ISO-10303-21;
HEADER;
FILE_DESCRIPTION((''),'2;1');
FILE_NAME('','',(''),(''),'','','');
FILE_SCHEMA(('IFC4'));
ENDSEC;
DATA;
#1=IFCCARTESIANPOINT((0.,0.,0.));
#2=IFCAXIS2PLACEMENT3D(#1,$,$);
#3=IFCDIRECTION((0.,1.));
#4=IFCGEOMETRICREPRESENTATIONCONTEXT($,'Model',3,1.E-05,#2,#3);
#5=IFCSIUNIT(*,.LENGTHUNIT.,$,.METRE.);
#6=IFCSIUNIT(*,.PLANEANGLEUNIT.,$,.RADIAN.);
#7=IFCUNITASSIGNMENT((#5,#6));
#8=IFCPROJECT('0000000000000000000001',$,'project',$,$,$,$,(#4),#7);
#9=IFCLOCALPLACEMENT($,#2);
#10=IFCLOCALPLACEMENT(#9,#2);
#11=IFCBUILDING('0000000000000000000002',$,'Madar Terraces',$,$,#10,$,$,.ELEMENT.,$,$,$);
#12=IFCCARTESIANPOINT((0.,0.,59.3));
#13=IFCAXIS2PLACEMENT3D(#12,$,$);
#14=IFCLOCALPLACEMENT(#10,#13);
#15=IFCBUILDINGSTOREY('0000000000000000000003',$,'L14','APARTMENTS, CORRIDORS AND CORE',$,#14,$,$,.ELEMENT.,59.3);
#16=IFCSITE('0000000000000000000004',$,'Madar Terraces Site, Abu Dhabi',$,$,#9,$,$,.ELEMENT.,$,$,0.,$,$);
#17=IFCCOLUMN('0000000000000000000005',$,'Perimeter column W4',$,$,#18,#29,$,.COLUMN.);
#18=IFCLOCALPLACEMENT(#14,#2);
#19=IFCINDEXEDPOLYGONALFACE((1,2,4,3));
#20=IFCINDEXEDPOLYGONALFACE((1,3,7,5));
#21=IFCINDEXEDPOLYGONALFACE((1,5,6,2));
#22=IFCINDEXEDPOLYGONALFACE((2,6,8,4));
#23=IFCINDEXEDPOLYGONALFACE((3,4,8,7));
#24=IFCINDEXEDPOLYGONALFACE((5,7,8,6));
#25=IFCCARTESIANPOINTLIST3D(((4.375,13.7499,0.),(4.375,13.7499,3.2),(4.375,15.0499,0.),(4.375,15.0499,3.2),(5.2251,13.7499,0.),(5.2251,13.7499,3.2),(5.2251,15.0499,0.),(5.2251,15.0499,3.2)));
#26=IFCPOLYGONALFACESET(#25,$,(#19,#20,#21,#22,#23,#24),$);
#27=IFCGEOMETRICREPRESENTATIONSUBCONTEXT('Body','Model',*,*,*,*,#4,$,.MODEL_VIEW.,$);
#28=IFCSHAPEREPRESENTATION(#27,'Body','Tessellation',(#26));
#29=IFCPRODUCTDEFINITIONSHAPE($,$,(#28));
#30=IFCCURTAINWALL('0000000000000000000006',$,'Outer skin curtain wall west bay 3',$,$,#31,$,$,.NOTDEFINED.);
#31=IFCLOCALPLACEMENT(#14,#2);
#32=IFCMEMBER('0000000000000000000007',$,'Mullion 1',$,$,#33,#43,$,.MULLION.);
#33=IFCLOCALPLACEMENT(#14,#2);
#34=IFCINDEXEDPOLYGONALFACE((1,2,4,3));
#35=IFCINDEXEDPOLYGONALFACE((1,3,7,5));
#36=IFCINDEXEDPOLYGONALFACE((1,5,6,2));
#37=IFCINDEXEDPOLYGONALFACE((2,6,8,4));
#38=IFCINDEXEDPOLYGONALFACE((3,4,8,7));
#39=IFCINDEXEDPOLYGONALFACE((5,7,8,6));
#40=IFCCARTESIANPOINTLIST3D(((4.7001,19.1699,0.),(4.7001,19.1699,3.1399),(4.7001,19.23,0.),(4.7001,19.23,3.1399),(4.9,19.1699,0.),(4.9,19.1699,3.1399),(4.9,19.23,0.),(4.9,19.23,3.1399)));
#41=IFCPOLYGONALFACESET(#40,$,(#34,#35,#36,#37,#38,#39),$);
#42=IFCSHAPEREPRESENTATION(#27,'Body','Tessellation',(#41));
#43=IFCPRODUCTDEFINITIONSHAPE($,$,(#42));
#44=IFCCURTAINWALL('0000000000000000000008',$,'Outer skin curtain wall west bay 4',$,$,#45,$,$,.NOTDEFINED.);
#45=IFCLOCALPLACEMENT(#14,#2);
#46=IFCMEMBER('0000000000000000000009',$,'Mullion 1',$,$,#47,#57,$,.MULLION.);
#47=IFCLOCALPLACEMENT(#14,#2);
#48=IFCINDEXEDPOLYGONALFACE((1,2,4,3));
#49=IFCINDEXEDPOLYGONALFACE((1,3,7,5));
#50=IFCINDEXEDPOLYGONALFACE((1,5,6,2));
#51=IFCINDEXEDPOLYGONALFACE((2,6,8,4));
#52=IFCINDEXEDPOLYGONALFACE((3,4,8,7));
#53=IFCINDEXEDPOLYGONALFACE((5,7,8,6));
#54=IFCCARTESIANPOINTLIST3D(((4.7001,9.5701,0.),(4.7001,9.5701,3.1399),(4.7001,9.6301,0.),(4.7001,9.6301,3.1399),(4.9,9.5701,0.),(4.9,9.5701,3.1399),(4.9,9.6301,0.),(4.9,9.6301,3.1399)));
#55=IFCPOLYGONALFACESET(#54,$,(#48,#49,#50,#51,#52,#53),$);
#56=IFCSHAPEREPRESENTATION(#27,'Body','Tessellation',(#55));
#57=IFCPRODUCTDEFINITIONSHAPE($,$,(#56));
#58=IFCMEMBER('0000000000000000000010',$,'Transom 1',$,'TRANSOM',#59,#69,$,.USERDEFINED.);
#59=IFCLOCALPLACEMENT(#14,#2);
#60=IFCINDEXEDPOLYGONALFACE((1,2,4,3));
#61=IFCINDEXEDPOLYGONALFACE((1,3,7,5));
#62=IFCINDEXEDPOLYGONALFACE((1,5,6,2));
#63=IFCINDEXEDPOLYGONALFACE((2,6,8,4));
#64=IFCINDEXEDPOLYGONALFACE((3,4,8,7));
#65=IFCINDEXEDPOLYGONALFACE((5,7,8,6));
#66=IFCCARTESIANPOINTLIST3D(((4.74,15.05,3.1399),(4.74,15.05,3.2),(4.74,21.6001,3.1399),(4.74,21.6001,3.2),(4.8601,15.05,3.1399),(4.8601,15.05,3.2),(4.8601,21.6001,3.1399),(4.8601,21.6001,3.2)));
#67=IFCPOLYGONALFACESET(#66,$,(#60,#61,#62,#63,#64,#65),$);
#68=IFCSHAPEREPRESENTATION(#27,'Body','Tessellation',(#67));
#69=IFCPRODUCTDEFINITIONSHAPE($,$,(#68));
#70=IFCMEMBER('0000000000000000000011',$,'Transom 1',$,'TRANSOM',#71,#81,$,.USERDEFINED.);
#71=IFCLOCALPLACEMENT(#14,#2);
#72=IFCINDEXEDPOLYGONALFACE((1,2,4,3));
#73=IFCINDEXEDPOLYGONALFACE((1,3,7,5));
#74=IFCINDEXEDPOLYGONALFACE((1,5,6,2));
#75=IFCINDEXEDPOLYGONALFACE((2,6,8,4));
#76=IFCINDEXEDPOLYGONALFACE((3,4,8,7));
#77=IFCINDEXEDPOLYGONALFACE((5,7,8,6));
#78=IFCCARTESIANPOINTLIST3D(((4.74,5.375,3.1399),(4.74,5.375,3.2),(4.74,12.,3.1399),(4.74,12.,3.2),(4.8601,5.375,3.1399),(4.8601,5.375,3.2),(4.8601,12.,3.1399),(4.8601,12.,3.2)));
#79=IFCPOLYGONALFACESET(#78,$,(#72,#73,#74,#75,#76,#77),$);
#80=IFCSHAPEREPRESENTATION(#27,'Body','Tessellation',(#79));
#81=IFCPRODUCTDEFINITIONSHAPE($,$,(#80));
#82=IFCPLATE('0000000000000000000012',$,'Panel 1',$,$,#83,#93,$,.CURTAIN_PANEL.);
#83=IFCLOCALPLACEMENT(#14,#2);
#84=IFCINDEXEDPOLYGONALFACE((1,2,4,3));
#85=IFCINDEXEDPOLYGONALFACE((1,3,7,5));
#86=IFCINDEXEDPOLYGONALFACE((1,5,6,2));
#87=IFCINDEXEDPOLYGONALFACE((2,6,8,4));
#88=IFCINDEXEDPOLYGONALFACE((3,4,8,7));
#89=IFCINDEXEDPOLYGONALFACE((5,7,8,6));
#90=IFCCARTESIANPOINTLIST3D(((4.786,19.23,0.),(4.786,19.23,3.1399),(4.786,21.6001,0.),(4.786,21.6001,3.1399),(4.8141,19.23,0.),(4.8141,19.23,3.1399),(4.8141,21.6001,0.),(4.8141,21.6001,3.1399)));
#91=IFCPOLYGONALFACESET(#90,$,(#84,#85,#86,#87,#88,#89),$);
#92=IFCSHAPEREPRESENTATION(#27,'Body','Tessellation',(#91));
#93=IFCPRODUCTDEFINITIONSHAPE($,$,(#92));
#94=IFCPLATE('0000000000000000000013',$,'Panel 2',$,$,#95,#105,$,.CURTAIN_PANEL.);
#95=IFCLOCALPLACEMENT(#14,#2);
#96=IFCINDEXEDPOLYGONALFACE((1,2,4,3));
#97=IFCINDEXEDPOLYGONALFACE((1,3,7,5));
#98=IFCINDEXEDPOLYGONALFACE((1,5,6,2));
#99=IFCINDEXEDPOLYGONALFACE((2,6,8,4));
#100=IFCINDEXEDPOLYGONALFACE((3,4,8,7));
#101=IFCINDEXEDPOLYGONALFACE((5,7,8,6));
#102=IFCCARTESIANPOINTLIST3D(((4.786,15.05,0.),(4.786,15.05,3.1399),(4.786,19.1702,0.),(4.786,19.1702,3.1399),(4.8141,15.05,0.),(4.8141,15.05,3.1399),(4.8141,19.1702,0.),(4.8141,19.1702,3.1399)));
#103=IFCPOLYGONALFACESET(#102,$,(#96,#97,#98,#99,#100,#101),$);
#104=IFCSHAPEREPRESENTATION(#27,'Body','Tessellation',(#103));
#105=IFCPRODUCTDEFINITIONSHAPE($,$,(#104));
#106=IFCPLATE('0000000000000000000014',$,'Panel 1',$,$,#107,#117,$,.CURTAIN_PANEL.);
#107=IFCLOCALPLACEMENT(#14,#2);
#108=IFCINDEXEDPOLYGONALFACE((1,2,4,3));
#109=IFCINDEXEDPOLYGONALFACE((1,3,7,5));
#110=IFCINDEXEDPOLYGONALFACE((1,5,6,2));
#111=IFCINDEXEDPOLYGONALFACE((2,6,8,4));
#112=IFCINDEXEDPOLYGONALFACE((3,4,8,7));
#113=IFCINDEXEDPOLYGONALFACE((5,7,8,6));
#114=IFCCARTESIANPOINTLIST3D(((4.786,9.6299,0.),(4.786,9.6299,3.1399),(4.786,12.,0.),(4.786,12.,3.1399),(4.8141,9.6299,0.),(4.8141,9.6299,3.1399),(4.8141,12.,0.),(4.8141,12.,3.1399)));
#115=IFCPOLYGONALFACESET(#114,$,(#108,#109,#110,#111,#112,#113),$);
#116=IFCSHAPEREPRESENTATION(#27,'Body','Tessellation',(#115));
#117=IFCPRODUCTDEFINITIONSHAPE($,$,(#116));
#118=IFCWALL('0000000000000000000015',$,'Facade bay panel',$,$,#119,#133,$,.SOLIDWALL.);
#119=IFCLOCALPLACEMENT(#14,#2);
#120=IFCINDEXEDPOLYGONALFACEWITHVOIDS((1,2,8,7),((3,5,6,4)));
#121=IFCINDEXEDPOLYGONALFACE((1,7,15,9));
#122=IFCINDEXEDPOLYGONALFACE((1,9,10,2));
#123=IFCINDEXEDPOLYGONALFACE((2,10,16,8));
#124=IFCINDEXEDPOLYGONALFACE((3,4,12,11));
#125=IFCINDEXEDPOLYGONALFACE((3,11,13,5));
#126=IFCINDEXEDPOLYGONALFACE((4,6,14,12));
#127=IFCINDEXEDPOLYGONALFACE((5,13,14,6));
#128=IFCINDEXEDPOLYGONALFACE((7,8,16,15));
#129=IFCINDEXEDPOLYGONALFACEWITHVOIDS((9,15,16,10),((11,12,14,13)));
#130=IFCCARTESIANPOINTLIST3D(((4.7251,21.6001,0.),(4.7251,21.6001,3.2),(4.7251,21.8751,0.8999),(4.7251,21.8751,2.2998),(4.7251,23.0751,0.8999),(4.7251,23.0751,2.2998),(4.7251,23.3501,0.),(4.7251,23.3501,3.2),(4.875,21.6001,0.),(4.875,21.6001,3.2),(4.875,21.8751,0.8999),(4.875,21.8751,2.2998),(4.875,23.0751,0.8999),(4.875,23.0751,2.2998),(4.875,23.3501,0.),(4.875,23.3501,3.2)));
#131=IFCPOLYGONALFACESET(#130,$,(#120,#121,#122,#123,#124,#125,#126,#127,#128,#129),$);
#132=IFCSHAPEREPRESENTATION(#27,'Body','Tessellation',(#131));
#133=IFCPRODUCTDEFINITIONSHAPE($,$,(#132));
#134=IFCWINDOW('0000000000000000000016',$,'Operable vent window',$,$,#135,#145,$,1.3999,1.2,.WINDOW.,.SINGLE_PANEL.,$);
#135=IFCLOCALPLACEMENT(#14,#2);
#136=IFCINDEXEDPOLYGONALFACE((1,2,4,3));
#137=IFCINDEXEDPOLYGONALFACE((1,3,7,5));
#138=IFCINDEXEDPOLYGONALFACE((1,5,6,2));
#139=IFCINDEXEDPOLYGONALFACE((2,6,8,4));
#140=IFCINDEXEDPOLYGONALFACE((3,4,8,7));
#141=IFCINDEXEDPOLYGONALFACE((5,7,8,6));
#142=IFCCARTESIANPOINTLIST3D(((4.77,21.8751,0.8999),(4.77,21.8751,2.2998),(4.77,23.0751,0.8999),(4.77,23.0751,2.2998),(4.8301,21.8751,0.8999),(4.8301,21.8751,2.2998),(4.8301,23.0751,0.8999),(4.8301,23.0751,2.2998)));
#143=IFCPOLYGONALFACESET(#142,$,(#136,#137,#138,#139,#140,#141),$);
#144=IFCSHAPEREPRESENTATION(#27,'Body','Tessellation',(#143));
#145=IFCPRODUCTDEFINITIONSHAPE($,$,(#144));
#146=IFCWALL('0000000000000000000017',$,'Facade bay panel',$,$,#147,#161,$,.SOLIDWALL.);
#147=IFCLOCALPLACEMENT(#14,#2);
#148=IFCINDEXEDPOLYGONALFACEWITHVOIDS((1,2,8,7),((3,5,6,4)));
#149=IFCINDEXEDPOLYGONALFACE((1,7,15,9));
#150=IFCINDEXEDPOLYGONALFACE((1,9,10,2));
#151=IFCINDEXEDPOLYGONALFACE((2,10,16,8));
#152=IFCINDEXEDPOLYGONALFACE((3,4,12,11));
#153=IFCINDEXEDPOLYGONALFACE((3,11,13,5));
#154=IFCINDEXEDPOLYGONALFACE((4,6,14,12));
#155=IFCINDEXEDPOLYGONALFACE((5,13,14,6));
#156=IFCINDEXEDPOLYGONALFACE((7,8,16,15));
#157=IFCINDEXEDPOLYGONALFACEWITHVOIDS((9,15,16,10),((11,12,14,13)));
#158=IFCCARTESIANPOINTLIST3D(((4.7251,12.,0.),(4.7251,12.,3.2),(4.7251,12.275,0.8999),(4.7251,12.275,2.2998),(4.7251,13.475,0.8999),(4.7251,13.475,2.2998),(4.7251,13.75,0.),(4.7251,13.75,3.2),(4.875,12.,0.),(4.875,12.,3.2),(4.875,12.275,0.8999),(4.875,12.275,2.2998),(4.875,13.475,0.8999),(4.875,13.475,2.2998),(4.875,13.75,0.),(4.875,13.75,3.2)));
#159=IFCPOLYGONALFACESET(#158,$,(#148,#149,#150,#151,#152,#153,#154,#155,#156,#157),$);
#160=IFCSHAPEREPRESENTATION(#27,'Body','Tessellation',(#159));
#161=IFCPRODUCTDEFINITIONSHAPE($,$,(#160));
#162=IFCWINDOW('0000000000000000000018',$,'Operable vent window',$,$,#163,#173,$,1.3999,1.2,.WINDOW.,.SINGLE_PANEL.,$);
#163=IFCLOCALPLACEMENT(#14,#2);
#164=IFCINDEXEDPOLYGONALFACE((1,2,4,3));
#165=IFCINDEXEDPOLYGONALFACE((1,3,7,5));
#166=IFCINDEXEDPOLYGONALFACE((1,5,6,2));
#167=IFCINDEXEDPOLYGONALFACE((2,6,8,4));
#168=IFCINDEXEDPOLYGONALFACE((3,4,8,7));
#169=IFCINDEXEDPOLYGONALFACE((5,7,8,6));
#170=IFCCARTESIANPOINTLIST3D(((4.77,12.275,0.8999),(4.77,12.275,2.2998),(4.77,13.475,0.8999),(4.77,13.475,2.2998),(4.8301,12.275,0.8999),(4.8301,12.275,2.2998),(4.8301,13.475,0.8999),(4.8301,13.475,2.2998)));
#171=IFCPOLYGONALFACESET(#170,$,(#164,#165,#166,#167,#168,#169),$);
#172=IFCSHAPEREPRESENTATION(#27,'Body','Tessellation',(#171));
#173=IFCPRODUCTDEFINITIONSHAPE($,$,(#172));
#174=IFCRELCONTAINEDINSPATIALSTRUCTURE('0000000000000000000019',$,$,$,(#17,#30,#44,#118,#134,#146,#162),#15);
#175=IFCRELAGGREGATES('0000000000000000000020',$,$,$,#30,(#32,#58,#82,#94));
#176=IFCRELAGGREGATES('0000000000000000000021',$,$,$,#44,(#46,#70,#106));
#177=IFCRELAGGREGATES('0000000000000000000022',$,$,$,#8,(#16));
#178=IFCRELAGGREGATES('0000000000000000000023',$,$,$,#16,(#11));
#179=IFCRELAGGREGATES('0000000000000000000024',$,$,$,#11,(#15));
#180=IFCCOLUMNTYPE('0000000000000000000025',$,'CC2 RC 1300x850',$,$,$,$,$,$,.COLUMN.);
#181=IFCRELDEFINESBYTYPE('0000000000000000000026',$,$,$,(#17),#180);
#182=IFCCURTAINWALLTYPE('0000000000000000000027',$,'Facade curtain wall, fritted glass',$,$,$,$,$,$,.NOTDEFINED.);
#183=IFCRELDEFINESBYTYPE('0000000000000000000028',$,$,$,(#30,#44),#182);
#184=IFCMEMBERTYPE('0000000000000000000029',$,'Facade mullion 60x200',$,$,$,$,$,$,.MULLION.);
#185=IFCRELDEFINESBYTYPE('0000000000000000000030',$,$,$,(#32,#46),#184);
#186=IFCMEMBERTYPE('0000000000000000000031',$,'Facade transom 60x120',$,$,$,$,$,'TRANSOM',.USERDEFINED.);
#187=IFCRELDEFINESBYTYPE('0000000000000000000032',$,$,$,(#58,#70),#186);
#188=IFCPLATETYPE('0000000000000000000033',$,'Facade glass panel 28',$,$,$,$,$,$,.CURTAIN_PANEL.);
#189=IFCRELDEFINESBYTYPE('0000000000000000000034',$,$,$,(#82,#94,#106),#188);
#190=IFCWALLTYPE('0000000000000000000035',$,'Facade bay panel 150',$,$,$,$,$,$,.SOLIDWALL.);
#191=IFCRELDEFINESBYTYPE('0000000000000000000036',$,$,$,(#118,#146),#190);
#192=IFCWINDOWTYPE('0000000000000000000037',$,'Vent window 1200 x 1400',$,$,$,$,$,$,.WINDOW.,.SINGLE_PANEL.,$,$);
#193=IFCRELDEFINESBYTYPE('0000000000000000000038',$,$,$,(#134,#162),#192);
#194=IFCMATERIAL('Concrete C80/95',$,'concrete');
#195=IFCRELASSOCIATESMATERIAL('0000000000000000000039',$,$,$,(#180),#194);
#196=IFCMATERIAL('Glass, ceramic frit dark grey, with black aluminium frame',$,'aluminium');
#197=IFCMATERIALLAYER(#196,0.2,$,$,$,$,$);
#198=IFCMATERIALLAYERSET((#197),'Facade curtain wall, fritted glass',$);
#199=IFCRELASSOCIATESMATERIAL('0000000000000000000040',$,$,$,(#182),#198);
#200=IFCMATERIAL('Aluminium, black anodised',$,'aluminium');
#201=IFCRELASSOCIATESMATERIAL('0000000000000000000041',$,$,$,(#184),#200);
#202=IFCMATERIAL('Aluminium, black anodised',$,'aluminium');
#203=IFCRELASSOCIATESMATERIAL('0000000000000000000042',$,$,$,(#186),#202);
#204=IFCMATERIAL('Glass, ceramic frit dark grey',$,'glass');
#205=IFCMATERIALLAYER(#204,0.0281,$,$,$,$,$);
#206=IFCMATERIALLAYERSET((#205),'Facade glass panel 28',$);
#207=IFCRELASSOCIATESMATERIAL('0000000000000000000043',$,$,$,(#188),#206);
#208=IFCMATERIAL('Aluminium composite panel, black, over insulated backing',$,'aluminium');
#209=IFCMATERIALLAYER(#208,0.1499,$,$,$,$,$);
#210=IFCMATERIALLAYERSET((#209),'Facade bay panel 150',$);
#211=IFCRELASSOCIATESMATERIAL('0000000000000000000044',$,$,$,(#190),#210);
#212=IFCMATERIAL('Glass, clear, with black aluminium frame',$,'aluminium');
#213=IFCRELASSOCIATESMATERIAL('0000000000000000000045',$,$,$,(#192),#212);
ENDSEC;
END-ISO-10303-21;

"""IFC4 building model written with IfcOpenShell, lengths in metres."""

from ifc_helpers import new_model, si_unit, direction, frame, frame_2d, origin, origin_2d, place, context, subcontext, project, spatial, rectangle, extrude, material, layer, layer_set, material_profile, profile_set, type_object, element, fill, aggregate, save


model = new_model("IFC4")

# Units and contexts
model_context = context("Model", 3, precision=1e-05, world=origin(), true_north=direction((0.0, 1.0)))
body_context = subcontext(model_context, "Body", "Model", "MODEL_VIEW")
ifc_project = project(units=[si_unit("LENGTHUNIT", "METRE"), si_unit("PLANEANGLEUNIT", "RADIAN")], contexts=[model_context])

# Site, building, storey
site_placement = place(None, origin())
site = spatial("IfcSite", under=ifc_project, at=site_placement, Name="Madar Terraces Site, Abu Dhabi", CompositionType="ELEMENT", RefElevation=0.0)
building_placement = place(site_placement, origin())
building = spatial("IfcBuilding", under=site, at=building_placement, Name="Madar Terraces", CompositionType="ELEMENT")
storey_placement = place(building_placement, frame((0.0, 0.0, 59.3)))
storey = spatial("IfcBuildingStorey", under=building, at=storey_placement, Name="L14", Description="APARTMENTS, CORRIDORS AND CORE", CompositionType="ELEMENT", Elevation=59.3)

# Column
ifc_material_1 = material(Name="Concrete C80/95", Category="concrete")
ifc_material_profile_1 = material_profile(ifc_material_1, rectangle(XDim=1.3, YDim=0.8501, at=origin_2d()), Name="CC2 RC 1300x850")
ifc_profile_set_1 = profile_set([ifc_material_profile_1], Name="Concrete C80/95")
column_type = type_object("IfcColumnType", Name="CC2 RC 1300x850", PredefinedType="COLUMN", material=ifc_profile_set_1)
column_placement = place(storey_placement, frame((4.8, 14.3999, 0.0), z_axis=(0.0, 0.0, 1.0), x_axis=(0.0, 1.0, 0.0)))
element("IfcColumn", 1, at=column_placement, inside=storey, type_object=column_type, Name="Perimeter column W4", PredefinedType="COLUMN", context=body_context, shape_type="SweptSolid", body=[
    extrude(rectangle(XDim=1.3, YDim=0.8501, at=origin_2d()), origin(), (0.0, 0.0, 1.0), 3.2),
])

# Curtain walls, members
ifc_material_2 = material(Name="Glass, ceramic frit dark grey, with black aluminium frame", Category="aluminium")
ifc_layer_1 = layer(ifc_material_2, 0.2)
ifc_layer_set_1 = layer_set([ifc_layer_1], Name="Facade curtain wall, fritted glass")
curtain_wall_type = type_object("IfcCurtainWallType", Name="Facade curtain wall, fritted glass", PredefinedType="NOTDEFINED", material=ifc_layer_set_1)
curtain_wall_1_placement = place(storey_placement, origin())
curtain_wall_1 = element("IfcCurtainWall", 2, at=curtain_wall_1_placement, inside=storey, type_object=curtain_wall_type, Name="Outer skin curtain wall west bay 3", PredefinedType="NOTDEFINED")
ifc_material_3 = material(Name="Aluminium, black anodised", Category="aluminium")
ifc_material_profile_2 = material_profile(ifc_material_3, rectangle(XDim=0.2, YDim=0.0601, at=origin_2d()), Name="Facade mullion 60x200")
ifc_profile_set_2 = profile_set([ifc_material_profile_2], Name="Aluminium, black anodised")
member_type_1 = type_object("IfcMemberType", Name="Facade mullion 60x200", PredefinedType="MULLION", material=ifc_profile_set_2)
member_1_placement = place(storey_placement, frame((4.8, 19.2, 0.0), z_axis=(0.0, 0.0, 1.0), x_axis=(1.0, 0.0, 0.0)))
member_1 = element("IfcMember", 3, at=member_1_placement, type_object=member_type_1, Name="Mullion 1", PredefinedType="MULLION", context=body_context, shape_type="SweptSolid", body=[
    extrude(rectangle(XDim=0.2, YDim=0.0601, at=origin_2d()), origin(), (0.0, 0.0, 1.0), 3.1399),
])
curtain_wall_2_placement = place(storey_placement, origin())
curtain_wall_2 = element("IfcCurtainWall", 4, at=curtain_wall_2_placement, inside=storey, type_object=curtain_wall_type, Name="Outer skin curtain wall west bay 4", PredefinedType="NOTDEFINED")
member_2_placement = place(storey_placement, frame((4.8, 9.6001, 0.0), z_axis=(0.0, 0.0, 1.0), x_axis=(1.0, 0.0, 0.0)))
member_2 = element("IfcMember", 5, at=member_2_placement, type_object=member_type_1, Name="Mullion 1", PredefinedType="MULLION", context=body_context, shape_type="SweptSolid", body=[
    extrude(rectangle(XDim=0.2, YDim=0.0601, at=origin_2d()), origin(), (0.0, 0.0, 1.0), 3.1399),
])

# Members
ifc_material_4 = material(Name="Aluminium, black anodised", Category="aluminium")
ifc_material_profile_3 = material_profile(ifc_material_4, rectangle(XDim=0.1201, YDim=0.0601, at=origin_2d()), Name="Facade transom 60x120")
ifc_profile_set_3 = profile_set([ifc_material_profile_3], Name="Aluminium, black anodised")
member_type_2 = type_object("IfcMemberType", Name="Facade transom 60x120", ElementType="TRANSOM", PredefinedType="USERDEFINED", material=ifc_profile_set_3)
member_3_placement = place(storey_placement, frame((4.8, 21.6001, 3.1699), z_axis=(0.0, -1.0, 0.0), x_axis=(1.0, 0.0, 0.0)))
member_3 = element("IfcMember", 6, at=member_3_placement, type_object=member_type_2, Name="Transom 1", ObjectType="TRANSOM", PredefinedType="USERDEFINED", context=body_context, shape_type="SweptSolid", body=[
    extrude(rectangle(XDim=0.1201, YDim=0.0601, at=origin_2d()), origin(), (0.0, 0.0, 1.0), 6.55),
])
member_4_placement = place(storey_placement, frame((4.8, 12.0, 3.1699), z_axis=(0.0, -1.0, 0.0), x_axis=(1.0, 0.0, 0.0)))
member_4 = element("IfcMember", 7, at=member_4_placement, type_object=member_type_2, Name="Transom 1", ObjectType="TRANSOM", PredefinedType="USERDEFINED", context=body_context, shape_type="SweptSolid", body=[
    extrude(rectangle(XDim=0.1201, YDim=0.0601, at=origin_2d()), origin(), (0.0, 0.0, 1.0), 6.625),
])

# Plates
ifc_material_5 = material(Name="Glass, ceramic frit dark grey", Category="glass")
ifc_layer_2 = layer(ifc_material_5, 0.0281)
ifc_layer_set_2 = layer_set([ifc_layer_2], Name="Facade glass panel 28")
plate_type = type_object("IfcPlateType", Name="Facade glass panel 28", PredefinedType="CURTAIN_PANEL", material=ifc_layer_set_2)
plate_1_placement = place(storey_placement, frame((4.8, 20.415, 0.0), z_axis=(0.0, 0.0, 1.0), x_axis=(0.0, -1.0, 0.0)))
plate_1 = element("IfcPlate", 8, at=plate_1_placement, type_object=plate_type, Name="Panel 1", PredefinedType="CURTAIN_PANEL", context=body_context, shape_type="SweptSolid", body=[
    extrude(rectangle(XDim=2.3701, YDim=0.0281, at=origin_2d()), origin(), (0.0, 0.0, 1.0), 3.1399),
])
plate_2_placement = place(storey_placement, frame((4.8, 17.1101, 0.0), z_axis=(0.0, 0.0, 1.0), x_axis=(0.0, -1.0, 0.0)))
plate_2 = element("IfcPlate", 9, at=plate_2_placement, type_object=plate_type, Name="Panel 2", PredefinedType="CURTAIN_PANEL", context=body_context, shape_type="SweptSolid", body=[
    extrude(rectangle(XDim=4.1201, YDim=0.0281, at=origin_2d()), origin(), (0.0, 0.0, 1.0), 3.1399),
])
aggregate(curtain_wall_1, [member_1, member_3, plate_1, plate_2])
plate_3_placement = place(storey_placement, frame((4.8, 10.8149, 0.0), z_axis=(0.0, 0.0, 1.0), x_axis=(0.0, -1.0, 0.0)))
plate_3 = element("IfcPlate", 10, at=plate_3_placement, type_object=plate_type, Name="Panel 1", PredefinedType="CURTAIN_PANEL", context=body_context, shape_type="SweptSolid", body=[
    extrude(rectangle(XDim=2.3701, YDim=0.0281, at=origin_2d()), origin(), (0.0, 0.0, 1.0), 3.1399),
])
aggregate(curtain_wall_2, [member_2, member_4, plate_3])

# Walls, openings, windows
ifc_material_6 = material(Name="Aluminium composite panel, black, over insulated backing", Category="aluminium")
ifc_layer_3 = layer(ifc_material_6, 0.1499)
ifc_layer_set_3 = layer_set([ifc_layer_3], Name="Facade bay panel 150")
wall_type_1 = type_object("IfcWallType", Name="Facade bay panel 150", PredefinedType="SOLIDWALL", material=ifc_layer_set_3)
wall_1_placement = place(storey_placement, frame((4.8, 23.3501, 0.0), z_axis=(0.0, 0.0, 1.0), x_axis=(0.0, -1.0, 0.0)))
wall_1 = element("IfcWall", 11, at=wall_1_placement, inside=storey, type_object=wall_type_1, Name="Facade bay panel", PredefinedType="SOLIDWALL", context=body_context, shape_type="SweptSolid", body=[
    extrude(rectangle(XDim=1.75, YDim=0.1499, at=frame_2d((0.875, 0.0))), origin(), (0.0, 0.0, 1.0), 3.2),
])
opening_1_placement = place(wall_1_placement, frame((0.2749, 0.0, 0.8999)))
opening_1 = element("IfcOpeningElement", 12, at=opening_1_placement, cuts=wall_1, PredefinedType="OPENING", context=body_context, shape_type="SweptSolid", body=[
    extrude(rectangle(XDim=1.2, YDim=1.3999, at=frame_2d((0.6001, 0.7))), frame((0.0, 0.085, 0.0), z_axis=(0.0, -1.0, 0.0), x_axis=(1.0, 0.0, 0.0)), (0.0, 0.0, 1.0), 0.1699),
])
ifc_material_7 = material(Name="Glass, clear, with black aluminium frame", Category="aluminium")
window_type = type_object("IfcWindowType", Name="Vent window 1200 x 1400", PartitioningType="SINGLE_PANEL", PredefinedType="WINDOW", material=ifc_material_7)
window_1_placement = place(opening_1_placement, origin())
window_1 = element("IfcWindow", 13, at=window_1_placement, inside=storey, type_object=window_type, Name="Operable vent window", OverallHeight=1.3999, OverallWidth=1.2, PartitioningType="SINGLE_PANEL", PredefinedType="WINDOW", context=body_context, shape_type="SweptSolid", body=[
    extrude(rectangle(XDim=1.2, YDim=1.3999, at=frame_2d((0.6001, 0.7))), frame((0.0, 0.03, 0.0), z_axis=(0.0, -1.0, 0.0), x_axis=(1.0, 0.0, 0.0)), (0.0, 0.0, 1.0), 0.0601),
])
fill(opening_1, window_1)
wall_2_placement = place(storey_placement, frame((4.8, 13.75, 0.0), z_axis=(0.0, 0.0, 1.0), x_axis=(0.0, -1.0, 0.0)))
wall_2 = element("IfcWall", 14, at=wall_2_placement, inside=storey, type_object=wall_type_1, Name="Facade bay panel", PredefinedType="SOLIDWALL", context=body_context, shape_type="SweptSolid", body=[
    extrude(rectangle(XDim=1.75, YDim=0.1499, at=frame_2d((0.875, 0.0))), origin(), (0.0, 0.0, 1.0), 3.2),
])
opening_2_placement = place(wall_2_placement, frame((0.2749, 0.0, 0.8999)))
opening_2 = element("IfcOpeningElement", 15, at=opening_2_placement, cuts=wall_2, PredefinedType="OPENING", context=body_context, shape_type="SweptSolid", body=[
    extrude(rectangle(XDim=1.2, YDim=1.3999, at=frame_2d((0.6001, 0.7))), frame((0.0, 0.085, 0.0), z_axis=(0.0, -1.0, 0.0), x_axis=(1.0, 0.0, 0.0)), (0.0, 0.0, 1.0), 0.1699),
])
window_2_placement = place(opening_2_placement, origin())
window_2 = element("IfcWindow", 16, at=window_2_placement, inside=storey, type_object=window_type, Name="Operable vent window", OverallHeight=1.3999, OverallWidth=1.2, PartitioningType="SINGLE_PANEL", PredefinedType="WINDOW", context=body_context, shape_type="SweptSolid", body=[
    extrude(rectangle(XDim=1.2, YDim=1.3999, at=frame_2d((0.6001, 0.7))), frame((0.0, 0.03, 0.0), z_axis=(0.0, -1.0, 0.0), x_axis=(1.0, 0.0, 0.0)), (0.0, 0.0, 1.0), 0.0601),
])
fill(opening_2, window_2)

save(model, "model.ifc")
